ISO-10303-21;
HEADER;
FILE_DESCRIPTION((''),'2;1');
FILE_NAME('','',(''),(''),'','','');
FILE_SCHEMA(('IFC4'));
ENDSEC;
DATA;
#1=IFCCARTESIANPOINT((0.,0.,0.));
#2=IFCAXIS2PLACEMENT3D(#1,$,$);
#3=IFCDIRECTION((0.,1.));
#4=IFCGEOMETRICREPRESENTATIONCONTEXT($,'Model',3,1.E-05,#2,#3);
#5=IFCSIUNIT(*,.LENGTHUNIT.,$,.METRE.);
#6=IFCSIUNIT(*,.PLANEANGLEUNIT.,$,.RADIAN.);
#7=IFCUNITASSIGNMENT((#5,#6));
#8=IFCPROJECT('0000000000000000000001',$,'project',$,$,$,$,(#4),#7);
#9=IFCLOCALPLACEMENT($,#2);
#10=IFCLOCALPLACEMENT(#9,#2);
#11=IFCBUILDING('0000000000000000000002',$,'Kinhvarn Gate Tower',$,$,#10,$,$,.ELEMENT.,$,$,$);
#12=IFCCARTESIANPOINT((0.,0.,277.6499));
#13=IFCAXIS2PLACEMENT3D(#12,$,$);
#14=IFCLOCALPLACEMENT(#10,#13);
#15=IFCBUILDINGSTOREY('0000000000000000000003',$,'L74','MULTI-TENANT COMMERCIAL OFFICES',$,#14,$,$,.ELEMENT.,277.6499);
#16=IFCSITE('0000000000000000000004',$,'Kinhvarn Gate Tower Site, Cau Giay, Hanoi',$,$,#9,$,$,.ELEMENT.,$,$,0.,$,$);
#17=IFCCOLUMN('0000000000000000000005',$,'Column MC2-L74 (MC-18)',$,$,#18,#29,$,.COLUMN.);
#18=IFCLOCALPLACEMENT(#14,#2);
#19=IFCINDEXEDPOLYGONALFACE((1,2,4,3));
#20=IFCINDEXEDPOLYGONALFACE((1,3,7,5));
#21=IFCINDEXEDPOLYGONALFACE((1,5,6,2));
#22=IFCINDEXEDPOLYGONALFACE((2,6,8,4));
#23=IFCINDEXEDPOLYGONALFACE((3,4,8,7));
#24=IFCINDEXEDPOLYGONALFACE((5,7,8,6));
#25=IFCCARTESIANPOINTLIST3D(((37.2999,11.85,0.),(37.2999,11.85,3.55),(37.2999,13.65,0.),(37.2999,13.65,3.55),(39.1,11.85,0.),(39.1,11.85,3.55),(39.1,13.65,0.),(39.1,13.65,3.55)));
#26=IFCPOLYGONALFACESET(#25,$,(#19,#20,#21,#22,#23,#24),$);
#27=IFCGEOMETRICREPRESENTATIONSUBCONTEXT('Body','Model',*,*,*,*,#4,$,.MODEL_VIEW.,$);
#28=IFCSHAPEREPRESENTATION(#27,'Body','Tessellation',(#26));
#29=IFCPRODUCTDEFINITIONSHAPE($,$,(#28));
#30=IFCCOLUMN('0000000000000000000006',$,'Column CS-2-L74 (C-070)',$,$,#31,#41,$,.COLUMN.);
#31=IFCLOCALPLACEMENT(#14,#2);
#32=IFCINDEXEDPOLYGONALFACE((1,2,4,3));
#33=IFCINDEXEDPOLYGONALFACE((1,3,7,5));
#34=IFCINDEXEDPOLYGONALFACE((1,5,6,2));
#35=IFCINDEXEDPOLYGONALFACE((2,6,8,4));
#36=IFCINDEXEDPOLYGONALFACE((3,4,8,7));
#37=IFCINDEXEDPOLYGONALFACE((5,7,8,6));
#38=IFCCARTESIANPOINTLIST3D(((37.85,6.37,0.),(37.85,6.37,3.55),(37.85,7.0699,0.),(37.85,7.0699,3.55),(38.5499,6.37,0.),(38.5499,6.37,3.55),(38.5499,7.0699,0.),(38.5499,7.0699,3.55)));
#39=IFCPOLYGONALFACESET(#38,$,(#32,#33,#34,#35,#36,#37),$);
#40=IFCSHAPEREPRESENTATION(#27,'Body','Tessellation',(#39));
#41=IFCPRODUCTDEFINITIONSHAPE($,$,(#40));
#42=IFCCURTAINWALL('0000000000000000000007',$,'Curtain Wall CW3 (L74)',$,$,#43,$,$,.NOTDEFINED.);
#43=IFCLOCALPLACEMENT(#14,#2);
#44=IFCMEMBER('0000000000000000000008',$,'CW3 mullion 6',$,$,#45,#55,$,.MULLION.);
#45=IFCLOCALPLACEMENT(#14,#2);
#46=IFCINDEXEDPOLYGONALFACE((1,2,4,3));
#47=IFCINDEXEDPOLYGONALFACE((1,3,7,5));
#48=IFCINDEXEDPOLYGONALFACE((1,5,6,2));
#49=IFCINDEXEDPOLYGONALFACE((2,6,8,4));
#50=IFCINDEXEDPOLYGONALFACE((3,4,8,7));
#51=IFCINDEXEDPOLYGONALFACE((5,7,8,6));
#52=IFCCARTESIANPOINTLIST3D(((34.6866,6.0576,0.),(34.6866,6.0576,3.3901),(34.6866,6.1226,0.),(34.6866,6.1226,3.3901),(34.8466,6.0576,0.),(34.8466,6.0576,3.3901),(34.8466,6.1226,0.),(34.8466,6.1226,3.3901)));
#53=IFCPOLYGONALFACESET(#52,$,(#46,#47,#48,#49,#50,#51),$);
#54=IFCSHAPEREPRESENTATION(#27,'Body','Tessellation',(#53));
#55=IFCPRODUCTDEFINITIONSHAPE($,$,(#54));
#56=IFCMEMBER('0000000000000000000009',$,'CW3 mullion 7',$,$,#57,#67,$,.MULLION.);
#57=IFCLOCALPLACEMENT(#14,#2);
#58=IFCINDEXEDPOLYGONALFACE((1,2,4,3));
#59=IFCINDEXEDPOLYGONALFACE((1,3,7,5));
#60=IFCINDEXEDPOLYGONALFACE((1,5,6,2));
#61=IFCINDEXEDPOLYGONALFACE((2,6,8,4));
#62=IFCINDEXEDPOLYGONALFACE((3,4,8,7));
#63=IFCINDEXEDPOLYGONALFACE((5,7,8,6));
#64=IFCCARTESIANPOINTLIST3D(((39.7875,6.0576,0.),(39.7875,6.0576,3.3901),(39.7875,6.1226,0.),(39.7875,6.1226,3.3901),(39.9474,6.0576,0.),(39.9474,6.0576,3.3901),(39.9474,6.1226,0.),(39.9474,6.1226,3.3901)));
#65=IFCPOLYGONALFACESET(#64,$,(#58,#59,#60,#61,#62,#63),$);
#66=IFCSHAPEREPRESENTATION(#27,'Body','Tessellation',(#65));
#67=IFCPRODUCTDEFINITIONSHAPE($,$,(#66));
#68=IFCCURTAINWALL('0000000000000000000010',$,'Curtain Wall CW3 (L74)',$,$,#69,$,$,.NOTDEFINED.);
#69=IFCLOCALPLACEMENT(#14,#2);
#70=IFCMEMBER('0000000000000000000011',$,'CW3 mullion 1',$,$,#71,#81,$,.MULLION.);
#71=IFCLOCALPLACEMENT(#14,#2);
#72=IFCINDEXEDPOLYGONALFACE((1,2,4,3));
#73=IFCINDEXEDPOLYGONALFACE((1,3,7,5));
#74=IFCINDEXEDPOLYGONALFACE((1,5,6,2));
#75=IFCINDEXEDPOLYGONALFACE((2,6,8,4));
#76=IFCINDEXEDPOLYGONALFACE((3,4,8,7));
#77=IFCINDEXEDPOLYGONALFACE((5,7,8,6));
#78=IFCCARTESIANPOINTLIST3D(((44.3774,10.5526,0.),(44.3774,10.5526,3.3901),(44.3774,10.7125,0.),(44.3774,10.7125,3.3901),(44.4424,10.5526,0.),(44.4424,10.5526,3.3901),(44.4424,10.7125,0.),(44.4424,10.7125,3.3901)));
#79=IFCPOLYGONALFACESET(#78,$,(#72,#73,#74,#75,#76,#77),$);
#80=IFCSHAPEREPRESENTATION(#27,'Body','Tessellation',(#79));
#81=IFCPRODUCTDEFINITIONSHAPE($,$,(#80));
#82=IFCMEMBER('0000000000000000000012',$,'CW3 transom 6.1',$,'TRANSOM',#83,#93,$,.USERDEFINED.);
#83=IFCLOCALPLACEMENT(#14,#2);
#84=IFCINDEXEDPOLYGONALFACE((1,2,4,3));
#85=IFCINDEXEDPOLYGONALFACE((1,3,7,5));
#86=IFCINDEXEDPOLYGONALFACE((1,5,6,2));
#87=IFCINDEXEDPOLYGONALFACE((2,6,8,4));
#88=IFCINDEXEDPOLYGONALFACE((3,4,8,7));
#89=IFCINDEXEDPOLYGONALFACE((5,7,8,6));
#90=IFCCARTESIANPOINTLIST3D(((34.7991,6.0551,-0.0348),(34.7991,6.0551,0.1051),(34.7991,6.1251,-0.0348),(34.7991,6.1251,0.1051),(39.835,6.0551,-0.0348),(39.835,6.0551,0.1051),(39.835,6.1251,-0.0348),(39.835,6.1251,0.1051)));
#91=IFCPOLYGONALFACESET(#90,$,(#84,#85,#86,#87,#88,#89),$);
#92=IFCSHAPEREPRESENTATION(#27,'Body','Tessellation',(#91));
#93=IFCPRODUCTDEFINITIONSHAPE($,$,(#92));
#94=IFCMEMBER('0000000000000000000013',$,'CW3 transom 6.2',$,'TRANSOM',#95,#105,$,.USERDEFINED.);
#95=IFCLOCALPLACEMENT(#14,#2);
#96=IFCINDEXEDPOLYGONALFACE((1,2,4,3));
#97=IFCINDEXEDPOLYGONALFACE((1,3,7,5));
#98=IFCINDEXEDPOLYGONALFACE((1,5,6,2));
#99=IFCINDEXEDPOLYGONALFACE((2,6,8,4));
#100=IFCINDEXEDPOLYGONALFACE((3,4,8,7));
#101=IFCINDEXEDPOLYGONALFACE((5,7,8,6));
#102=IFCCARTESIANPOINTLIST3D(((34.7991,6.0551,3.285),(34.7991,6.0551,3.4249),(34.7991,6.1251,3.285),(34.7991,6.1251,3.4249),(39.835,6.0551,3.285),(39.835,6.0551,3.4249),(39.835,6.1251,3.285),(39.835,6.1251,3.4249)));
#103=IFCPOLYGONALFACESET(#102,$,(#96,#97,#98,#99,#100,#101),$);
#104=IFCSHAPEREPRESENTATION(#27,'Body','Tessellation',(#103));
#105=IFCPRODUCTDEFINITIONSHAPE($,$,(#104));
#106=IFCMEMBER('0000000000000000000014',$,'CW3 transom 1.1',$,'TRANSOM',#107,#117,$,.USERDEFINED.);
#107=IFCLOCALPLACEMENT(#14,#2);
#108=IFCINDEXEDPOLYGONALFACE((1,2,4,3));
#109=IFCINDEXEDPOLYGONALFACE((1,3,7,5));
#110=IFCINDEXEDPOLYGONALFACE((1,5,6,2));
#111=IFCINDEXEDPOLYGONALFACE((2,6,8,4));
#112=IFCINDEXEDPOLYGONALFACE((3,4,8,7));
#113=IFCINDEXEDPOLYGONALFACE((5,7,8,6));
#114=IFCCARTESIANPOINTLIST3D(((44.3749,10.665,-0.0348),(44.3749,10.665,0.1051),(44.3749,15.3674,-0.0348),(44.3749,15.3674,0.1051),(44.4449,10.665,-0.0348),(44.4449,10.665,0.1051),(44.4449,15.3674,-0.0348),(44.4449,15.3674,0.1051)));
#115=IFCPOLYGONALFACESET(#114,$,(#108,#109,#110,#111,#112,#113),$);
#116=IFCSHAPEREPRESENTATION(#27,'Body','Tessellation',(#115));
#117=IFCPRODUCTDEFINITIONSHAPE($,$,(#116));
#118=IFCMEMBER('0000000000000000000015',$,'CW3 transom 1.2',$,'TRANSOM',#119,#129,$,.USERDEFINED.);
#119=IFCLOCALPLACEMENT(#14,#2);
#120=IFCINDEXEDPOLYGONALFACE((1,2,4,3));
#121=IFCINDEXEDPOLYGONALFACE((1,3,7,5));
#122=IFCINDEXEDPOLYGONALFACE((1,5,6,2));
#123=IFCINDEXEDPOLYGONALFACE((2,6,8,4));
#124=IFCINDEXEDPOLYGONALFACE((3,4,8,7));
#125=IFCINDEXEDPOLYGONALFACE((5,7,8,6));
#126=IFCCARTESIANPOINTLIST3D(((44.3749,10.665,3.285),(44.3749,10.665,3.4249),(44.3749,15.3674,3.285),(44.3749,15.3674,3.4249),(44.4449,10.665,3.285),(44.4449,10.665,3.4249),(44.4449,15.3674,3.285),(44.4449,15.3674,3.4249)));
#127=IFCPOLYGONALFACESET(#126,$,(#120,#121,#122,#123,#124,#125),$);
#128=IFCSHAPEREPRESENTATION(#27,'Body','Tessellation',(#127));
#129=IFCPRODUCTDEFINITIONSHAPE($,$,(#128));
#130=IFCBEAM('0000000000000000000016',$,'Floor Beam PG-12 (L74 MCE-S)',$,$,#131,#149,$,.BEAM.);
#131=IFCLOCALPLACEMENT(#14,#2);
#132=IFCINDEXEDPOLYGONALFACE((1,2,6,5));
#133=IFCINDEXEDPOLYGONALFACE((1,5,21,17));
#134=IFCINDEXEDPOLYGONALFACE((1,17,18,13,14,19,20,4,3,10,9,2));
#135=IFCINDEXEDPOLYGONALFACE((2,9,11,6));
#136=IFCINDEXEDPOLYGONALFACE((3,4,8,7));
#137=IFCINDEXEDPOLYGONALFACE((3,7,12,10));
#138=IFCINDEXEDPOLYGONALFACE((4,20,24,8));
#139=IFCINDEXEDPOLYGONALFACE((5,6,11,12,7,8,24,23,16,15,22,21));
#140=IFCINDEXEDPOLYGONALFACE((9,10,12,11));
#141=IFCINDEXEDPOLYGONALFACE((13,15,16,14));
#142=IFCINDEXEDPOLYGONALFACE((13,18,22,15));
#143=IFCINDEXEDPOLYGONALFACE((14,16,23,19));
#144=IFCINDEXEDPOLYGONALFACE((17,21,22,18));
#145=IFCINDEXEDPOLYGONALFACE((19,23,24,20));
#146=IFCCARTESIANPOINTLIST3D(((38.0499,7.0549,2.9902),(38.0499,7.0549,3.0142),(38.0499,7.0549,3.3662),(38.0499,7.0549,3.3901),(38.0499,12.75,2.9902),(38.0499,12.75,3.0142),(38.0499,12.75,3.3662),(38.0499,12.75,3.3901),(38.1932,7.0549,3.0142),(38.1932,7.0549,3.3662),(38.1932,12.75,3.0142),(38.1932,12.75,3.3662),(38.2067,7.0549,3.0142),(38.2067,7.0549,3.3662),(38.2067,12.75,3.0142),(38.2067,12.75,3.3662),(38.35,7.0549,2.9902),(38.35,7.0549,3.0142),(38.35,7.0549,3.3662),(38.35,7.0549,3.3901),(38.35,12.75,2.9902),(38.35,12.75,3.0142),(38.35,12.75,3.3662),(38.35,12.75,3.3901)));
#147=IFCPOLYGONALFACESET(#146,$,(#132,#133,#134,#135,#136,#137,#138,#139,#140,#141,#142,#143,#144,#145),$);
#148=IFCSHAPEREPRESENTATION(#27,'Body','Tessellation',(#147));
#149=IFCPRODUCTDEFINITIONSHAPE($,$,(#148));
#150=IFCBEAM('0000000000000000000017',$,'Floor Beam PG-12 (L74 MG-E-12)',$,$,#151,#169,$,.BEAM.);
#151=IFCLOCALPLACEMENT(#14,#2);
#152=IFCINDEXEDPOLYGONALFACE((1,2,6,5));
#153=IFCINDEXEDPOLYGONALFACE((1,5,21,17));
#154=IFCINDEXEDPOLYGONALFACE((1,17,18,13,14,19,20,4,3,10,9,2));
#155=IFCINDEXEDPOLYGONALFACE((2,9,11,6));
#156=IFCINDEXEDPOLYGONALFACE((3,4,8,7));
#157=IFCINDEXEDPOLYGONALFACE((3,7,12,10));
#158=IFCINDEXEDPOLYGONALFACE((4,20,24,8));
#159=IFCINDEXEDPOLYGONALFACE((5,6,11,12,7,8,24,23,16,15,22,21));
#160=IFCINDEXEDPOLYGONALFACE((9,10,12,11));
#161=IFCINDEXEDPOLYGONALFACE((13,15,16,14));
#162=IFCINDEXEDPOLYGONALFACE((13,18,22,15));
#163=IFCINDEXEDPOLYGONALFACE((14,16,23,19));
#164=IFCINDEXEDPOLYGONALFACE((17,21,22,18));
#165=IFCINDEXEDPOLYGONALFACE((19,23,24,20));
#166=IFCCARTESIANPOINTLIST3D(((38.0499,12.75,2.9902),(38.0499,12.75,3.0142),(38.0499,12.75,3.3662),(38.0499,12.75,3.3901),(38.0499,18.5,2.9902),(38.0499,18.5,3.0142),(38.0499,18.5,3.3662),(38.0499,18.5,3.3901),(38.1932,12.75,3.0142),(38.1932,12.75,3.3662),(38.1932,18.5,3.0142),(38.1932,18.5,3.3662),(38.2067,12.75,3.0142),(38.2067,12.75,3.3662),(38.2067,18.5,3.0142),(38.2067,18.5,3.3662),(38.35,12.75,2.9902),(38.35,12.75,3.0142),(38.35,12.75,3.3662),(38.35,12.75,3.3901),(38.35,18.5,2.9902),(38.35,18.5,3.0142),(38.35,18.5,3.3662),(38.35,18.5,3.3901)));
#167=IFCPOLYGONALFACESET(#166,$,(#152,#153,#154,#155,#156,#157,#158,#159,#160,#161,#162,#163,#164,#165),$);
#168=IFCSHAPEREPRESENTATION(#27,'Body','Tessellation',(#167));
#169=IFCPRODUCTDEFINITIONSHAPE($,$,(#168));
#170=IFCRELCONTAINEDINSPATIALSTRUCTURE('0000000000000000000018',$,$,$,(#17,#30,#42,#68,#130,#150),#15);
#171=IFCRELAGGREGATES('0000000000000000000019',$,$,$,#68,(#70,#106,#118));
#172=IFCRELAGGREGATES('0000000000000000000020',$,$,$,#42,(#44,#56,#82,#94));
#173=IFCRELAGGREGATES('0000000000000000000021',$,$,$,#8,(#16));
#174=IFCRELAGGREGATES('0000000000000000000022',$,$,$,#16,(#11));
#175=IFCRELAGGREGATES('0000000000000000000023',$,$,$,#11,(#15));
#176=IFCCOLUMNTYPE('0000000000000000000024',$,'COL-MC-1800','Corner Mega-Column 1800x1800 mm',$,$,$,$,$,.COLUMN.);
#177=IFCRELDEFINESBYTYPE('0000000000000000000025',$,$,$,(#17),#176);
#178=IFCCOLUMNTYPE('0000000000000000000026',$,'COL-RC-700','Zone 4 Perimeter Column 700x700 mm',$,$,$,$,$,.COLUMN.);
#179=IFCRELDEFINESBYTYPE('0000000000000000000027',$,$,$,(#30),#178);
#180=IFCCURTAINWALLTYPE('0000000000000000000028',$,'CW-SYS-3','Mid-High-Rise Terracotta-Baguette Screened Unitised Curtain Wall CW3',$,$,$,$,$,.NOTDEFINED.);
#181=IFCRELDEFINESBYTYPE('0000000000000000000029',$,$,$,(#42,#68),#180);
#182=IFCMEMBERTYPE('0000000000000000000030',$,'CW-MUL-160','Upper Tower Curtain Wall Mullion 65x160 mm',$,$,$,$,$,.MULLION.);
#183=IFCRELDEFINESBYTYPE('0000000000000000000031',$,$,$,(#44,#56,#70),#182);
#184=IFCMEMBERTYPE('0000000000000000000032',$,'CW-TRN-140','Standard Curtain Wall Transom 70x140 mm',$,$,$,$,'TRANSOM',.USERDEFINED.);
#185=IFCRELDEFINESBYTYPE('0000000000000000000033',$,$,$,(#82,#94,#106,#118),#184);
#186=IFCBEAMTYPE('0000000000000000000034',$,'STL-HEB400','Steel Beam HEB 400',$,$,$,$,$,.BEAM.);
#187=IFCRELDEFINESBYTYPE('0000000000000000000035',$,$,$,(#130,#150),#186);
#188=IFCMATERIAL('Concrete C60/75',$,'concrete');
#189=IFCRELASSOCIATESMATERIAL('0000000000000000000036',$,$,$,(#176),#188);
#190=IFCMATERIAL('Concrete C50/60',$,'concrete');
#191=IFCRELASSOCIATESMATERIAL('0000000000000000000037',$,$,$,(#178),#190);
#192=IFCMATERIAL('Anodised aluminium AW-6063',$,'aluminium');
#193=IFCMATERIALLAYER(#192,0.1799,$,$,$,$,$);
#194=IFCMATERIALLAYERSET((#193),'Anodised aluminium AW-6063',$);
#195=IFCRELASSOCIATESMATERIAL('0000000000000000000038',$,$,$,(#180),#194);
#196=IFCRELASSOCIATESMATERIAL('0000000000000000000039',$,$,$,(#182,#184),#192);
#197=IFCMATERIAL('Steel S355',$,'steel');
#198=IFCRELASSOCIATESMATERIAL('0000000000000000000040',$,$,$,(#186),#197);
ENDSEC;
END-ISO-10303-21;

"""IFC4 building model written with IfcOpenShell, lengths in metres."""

from ifc_helpers import new_model, si_unit, direction, frame, origin, origin_2d, place, context, subcontext, project, spatial, rectangle, i_section, extrude, material, layer, layer_set, material_profile, profile_set, type_object, element, aggregate, save


model = new_model("IFC4")

# Units and contexts
model_context = context("Model", 3, precision=1e-05, world=origin(), true_north=direction((0.0, 1.0)))
body_context = subcontext(model_context, "Body", "Model", "MODEL_VIEW")
ifc_project = project(units=[si_unit("LENGTHUNIT", "METRE"), si_unit("PLANEANGLEUNIT", "RADIAN")], contexts=[model_context])

# Site, building, storey
site_placement = place(None, origin())
site = spatial("IfcSite", under=ifc_project, at=site_placement, Name="Kinhvarn Gate Tower Site, Cau Giay, Hanoi", CompositionType="ELEMENT", RefElevation=0.0)
building_placement = place(site_placement, origin())
building = spatial("IfcBuilding", under=site, at=building_placement, Name="Kinhvarn Gate Tower", CompositionType="ELEMENT")
storey_placement = place(building_placement, frame((0.0, 0.0, 277.6499)))
storey = spatial("IfcBuildingStorey", under=building, at=storey_placement, Name="L74", Description="MULTI-TENANT COMMERCIAL OFFICES", CompositionType="ELEMENT", Elevation=277.6499)

# Columns
ifc_material_1 = material(Name="Concrete C60/75", Category="concrete")
ifc_material_profile_1 = material_profile(ifc_material_1, rectangle(XDim=1.8, YDim=1.8, at=origin_2d()), Name="RC 1800x1800")
ifc_profile_set_1 = profile_set([ifc_material_profile_1], Name="Concrete C60/75")
column_type_1 = type_object("IfcColumnType", Name="COL-MC-1800", Description="Corner Mega-Column 1800x1800 mm", PredefinedType="COLUMN", material=ifc_profile_set_1)
column_1_placement = place(storey_placement, frame((38.2, 12.75, 0.0), z_axis=(0.0, 0.0, 1.0), x_axis=(1.0, 0.0, 0.0)))
element("IfcColumn", 1, at=column_1_placement, inside=storey, type_object=column_type_1, Name="Column MC2-L74 (MC-18)", PredefinedType="COLUMN", context=body_context, shape_type="SweptSolid", body=[
    extrude(rectangle(XDim=1.8, YDim=1.8, at=origin_2d()), origin(), (0.0, 0.0, 1.0), 3.55),
])
ifc_material_2 = material(Name="Concrete C50/60", Category="concrete")
ifc_material_profile_2 = material_profile(ifc_material_2, rectangle(XDim=0.7, YDim=0.7, at=origin_2d()), Name="RC 700x700")
ifc_profile_set_2 = profile_set([ifc_material_profile_2], Name="Concrete C50/60")
column_type_2 = type_object("IfcColumnType", Name="COL-RC-700", Description="Zone 4 Perimeter Column 700x700 mm", PredefinedType="COLUMN", material=ifc_profile_set_2)
column_2_placement = place(storey_placement, frame((38.2, 6.72, 0.0), z_axis=(0.0, 0.0, 1.0), x_axis=(1.0, 0.0, 0.0)))
element("IfcColumn", 2, at=column_2_placement, inside=storey, type_object=column_type_2, Name="Column CS-2-L74 (C-070)", PredefinedType="COLUMN", context=body_context, shape_type="SweptSolid", body=[
    extrude(rectangle(XDim=0.7, YDim=0.7, at=origin_2d()), origin(), (0.0, 0.0, 1.0), 3.55),
])

# Curtain wall, members
ifc_material_3 = material(Name="Anodised aluminium AW-6063", Category="aluminium")
ifc_layer_1 = layer(ifc_material_3, 0.1799)
ifc_layer_set_1 = layer_set([ifc_layer_1], Name="Anodised aluminium AW-6063")
curtain_wall_type = type_object("IfcCurtainWallType", Name="CW-SYS-3", Description="Mid-High-Rise Terracotta-Baguette Screened Unitised Curtain Wall CW3", PredefinedType="NOTDEFINED", material=ifc_layer_set_1)
curtain_wall_1_placement = place(storey_placement, origin())
curtain_wall_1 = element("IfcCurtainWall", 3, at=curtain_wall_1_placement, inside=storey, type_object=curtain_wall_type, Name="Curtain Wall CW3 (L74)", PredefinedType="NOTDEFINED")
ifc_material_profile_3 = material_profile(ifc_material_3, rectangle(XDim=0.0649, YDim=0.1599, at=origin_2d()), Name="ALU 65x160")
ifc_profile_set_3 = profile_set([ifc_material_profile_3], Name="Anodised aluminium AW-6063")
member_type_1 = type_object("IfcMemberType", Name="CW-MUL-160", Description="Upper Tower Curtain Wall Mullion 65x160 mm", PredefinedType="MULLION", material=ifc_profile_set_3)
member_1_placement = place(storey_placement, frame((34.7666, 6.0901, 0.0), z_axis=(0.0, 0.0, 1.0), x_axis=(0.0, 1.0, 0.0)))
member_1 = element("IfcMember", 4, at=member_1_placement, type_object=member_type_1, Name="CW3 mullion 6", PredefinedType="MULLION", context=body_context, shape_type="SweptSolid", body=[
    extrude(rectangle(XDim=0.0649, YDim=0.1599, at=origin_2d()), origin(), (0.0, 0.0, 1.0), 3.3901),
])
member_2_placement = place(storey_placement, frame((39.8674, 6.0901, 0.0), z_axis=(0.0, 0.0, 1.0), x_axis=(0.0, 1.0, 0.0)))
member_2 = element("IfcMember", 5, at=member_2_placement, type_object=member_type_1, Name="CW3 mullion 7", PredefinedType="MULLION", context=body_context, shape_type="SweptSolid", body=[
    extrude(rectangle(XDim=0.0649, YDim=0.1599, at=origin_2d()), origin(), (0.0, 0.0, 1.0), 3.3901),
])

# Curtain wall, member
curtain_wall_2_placement = place(storey_placement, origin())
curtain_wall_2 = element("IfcCurtainWall", 6, at=curtain_wall_2_placement, inside=storey, type_object=curtain_wall_type, Name="Curtain Wall CW3 (L74)", PredefinedType="NOTDEFINED")
member_3_placement = place(storey_placement, frame((44.4099, 10.6326, 0.0), z_axis=(0.0, 0.0, 1.0), x_axis=(-1.0, 0.0, 0.0)))
member_3 = element("IfcMember", 7, at=member_3_placement, type_object=member_type_1, Name="CW3 mullion 1", PredefinedType="MULLION", context=body_context, shape_type="SweptSolid", body=[
    extrude(rectangle(XDim=0.0649, YDim=0.1599, at=origin_2d()), origin(), (0.0, 0.0, 1.0), 3.3901),
])

# Members
ifc_material_profile_4 = material_profile(ifc_material_3, rectangle(XDim=0.0701, YDim=0.1399, at=origin_2d()), Name="ALU 70x140")
ifc_profile_set_4 = profile_set([ifc_material_profile_4], Name="Anodised aluminium AW-6063")
member_type_2 = type_object("IfcMemberType", Name="CW-TRN-140", Description="Standard Curtain Wall Transom 70x140 mm", ElementType="TRANSOM", PredefinedType="USERDEFINED", material=ifc_profile_set_4)
member_4_placement = place(storey_placement, frame((34.7991, 6.0901, 0.0352), z_axis=(1.0, 0.0, 0.0), x_axis=(0.0, 1.0, 0.0)))
member_4 = element("IfcMember", 8, at=member_4_placement, type_object=member_type_2, Name="CW3 transom 6.1", ObjectType="TRANSOM", PredefinedType="USERDEFINED", context=body_context, shape_type="SweptSolid", body=[
    extrude(rectangle(XDim=0.0701, YDim=0.1399, at=origin_2d()), origin(), (0.0, 0.0, 1.0), 5.0359),
])
member_5_placement = place(storey_placement, frame((34.7991, 6.0901, 3.355), z_axis=(1.0, 0.0, 0.0), x_axis=(0.0, 1.0, 0.0)))
member_5 = element("IfcMember", 9, at=member_5_placement, type_object=member_type_2, Name="CW3 transom 6.2", ObjectType="TRANSOM", PredefinedType="USERDEFINED", context=body_context, shape_type="SweptSolid", body=[
    extrude(rectangle(XDim=0.0701, YDim=0.1399, at=origin_2d()), origin(), (0.0, 0.0, 1.0), 5.0359),
])
member_6_placement = place(storey_placement, frame((44.4099, 10.665, 0.0352), z_axis=(0.0, 1.0, 0.0), x_axis=(-1.0, 0.0, 0.0)))
member_6 = element("IfcMember", 10, at=member_6_placement, type_object=member_type_2, Name="CW3 transom 1.1", ObjectType="TRANSOM", PredefinedType="USERDEFINED", context=body_context, shape_type="SweptSolid", body=[
    extrude(rectangle(XDim=0.0701, YDim=0.1399, at=origin_2d()), origin(), (0.0, 0.0, 1.0), 4.7024),
])
member_7_placement = place(storey_placement, frame((44.4099, 10.665, 3.355), z_axis=(0.0, 1.0, 0.0), x_axis=(-1.0, 0.0, 0.0)))
member_7 = element("IfcMember", 11, at=member_7_placement, type_object=member_type_2, Name="CW3 transom 1.2", ObjectType="TRANSOM", PredefinedType="USERDEFINED", context=body_context, shape_type="SweptSolid", body=[
    extrude(rectangle(XDim=0.0701, YDim=0.1399, at=origin_2d()), origin(), (0.0, 0.0, 1.0), 4.7024),
])
aggregate(curtain_wall_2, [member_3, member_6, member_7])

# Beams
ifc_material_4 = material(Name="Steel S355", Category="steel")
ifc_material_profile_5 = material_profile(ifc_material_4, i_section(OverallWidth=0.3, OverallDepth=0.3999, WebThickness=0.0134, FlangeThickness=0.0239, at=origin_2d()), Name="HEB 400")
ifc_profile_set_5 = profile_set([ifc_material_profile_5], Name="Steel S355")
beam_type_1 = type_object("IfcBeamType", Name="STL-HEB400", Description="Steel Beam HEB 400", PredefinedType="BEAM", material=ifc_profile_set_5)
beam_1_placement = place(storey_placement, frame((38.2, 7.0549, 3.1902), z_axis=(0.0, 1.0, 0.0), x_axis=(-1.0, 0.0, 0.0)))
element("IfcBeam", 12, at=beam_1_placement, inside=storey, type_object=beam_type_1, Name="Floor Beam PG-12 (L74 MCE-S)", PredefinedType="BEAM", context=body_context, shape_type="SweptSolid", body=[
    extrude(i_section(OverallWidth=0.3, OverallDepth=0.3999, WebThickness=0.0134, FlangeThickness=0.0239, at=origin_2d()), origin(), (0.0, 0.0, 1.0), 5.6951),
])
beam_2_placement = place(storey_placement, frame((38.2, 12.75, 3.1902), z_axis=(0.0, 1.0, 0.0), x_axis=(-1.0, 0.0, 0.0)))
element("IfcBeam", 13, at=beam_2_placement, inside=storey, type_object=beam_type_1, Name="Floor Beam PG-12 (L74 MG-E-12)", PredefinedType="BEAM", context=body_context, shape_type="SweptSolid", body=[
    extrude(i_section(OverallWidth=0.3, OverallDepth=0.3999, WebThickness=0.0134, FlangeThickness=0.0239, at=origin_2d()), origin(), (0.0, 0.0, 1.0), 5.75),
])

aggregate(curtain_wall_1, [member_1, member_2, member_4, member_5])

save(model, "model.ifc")
